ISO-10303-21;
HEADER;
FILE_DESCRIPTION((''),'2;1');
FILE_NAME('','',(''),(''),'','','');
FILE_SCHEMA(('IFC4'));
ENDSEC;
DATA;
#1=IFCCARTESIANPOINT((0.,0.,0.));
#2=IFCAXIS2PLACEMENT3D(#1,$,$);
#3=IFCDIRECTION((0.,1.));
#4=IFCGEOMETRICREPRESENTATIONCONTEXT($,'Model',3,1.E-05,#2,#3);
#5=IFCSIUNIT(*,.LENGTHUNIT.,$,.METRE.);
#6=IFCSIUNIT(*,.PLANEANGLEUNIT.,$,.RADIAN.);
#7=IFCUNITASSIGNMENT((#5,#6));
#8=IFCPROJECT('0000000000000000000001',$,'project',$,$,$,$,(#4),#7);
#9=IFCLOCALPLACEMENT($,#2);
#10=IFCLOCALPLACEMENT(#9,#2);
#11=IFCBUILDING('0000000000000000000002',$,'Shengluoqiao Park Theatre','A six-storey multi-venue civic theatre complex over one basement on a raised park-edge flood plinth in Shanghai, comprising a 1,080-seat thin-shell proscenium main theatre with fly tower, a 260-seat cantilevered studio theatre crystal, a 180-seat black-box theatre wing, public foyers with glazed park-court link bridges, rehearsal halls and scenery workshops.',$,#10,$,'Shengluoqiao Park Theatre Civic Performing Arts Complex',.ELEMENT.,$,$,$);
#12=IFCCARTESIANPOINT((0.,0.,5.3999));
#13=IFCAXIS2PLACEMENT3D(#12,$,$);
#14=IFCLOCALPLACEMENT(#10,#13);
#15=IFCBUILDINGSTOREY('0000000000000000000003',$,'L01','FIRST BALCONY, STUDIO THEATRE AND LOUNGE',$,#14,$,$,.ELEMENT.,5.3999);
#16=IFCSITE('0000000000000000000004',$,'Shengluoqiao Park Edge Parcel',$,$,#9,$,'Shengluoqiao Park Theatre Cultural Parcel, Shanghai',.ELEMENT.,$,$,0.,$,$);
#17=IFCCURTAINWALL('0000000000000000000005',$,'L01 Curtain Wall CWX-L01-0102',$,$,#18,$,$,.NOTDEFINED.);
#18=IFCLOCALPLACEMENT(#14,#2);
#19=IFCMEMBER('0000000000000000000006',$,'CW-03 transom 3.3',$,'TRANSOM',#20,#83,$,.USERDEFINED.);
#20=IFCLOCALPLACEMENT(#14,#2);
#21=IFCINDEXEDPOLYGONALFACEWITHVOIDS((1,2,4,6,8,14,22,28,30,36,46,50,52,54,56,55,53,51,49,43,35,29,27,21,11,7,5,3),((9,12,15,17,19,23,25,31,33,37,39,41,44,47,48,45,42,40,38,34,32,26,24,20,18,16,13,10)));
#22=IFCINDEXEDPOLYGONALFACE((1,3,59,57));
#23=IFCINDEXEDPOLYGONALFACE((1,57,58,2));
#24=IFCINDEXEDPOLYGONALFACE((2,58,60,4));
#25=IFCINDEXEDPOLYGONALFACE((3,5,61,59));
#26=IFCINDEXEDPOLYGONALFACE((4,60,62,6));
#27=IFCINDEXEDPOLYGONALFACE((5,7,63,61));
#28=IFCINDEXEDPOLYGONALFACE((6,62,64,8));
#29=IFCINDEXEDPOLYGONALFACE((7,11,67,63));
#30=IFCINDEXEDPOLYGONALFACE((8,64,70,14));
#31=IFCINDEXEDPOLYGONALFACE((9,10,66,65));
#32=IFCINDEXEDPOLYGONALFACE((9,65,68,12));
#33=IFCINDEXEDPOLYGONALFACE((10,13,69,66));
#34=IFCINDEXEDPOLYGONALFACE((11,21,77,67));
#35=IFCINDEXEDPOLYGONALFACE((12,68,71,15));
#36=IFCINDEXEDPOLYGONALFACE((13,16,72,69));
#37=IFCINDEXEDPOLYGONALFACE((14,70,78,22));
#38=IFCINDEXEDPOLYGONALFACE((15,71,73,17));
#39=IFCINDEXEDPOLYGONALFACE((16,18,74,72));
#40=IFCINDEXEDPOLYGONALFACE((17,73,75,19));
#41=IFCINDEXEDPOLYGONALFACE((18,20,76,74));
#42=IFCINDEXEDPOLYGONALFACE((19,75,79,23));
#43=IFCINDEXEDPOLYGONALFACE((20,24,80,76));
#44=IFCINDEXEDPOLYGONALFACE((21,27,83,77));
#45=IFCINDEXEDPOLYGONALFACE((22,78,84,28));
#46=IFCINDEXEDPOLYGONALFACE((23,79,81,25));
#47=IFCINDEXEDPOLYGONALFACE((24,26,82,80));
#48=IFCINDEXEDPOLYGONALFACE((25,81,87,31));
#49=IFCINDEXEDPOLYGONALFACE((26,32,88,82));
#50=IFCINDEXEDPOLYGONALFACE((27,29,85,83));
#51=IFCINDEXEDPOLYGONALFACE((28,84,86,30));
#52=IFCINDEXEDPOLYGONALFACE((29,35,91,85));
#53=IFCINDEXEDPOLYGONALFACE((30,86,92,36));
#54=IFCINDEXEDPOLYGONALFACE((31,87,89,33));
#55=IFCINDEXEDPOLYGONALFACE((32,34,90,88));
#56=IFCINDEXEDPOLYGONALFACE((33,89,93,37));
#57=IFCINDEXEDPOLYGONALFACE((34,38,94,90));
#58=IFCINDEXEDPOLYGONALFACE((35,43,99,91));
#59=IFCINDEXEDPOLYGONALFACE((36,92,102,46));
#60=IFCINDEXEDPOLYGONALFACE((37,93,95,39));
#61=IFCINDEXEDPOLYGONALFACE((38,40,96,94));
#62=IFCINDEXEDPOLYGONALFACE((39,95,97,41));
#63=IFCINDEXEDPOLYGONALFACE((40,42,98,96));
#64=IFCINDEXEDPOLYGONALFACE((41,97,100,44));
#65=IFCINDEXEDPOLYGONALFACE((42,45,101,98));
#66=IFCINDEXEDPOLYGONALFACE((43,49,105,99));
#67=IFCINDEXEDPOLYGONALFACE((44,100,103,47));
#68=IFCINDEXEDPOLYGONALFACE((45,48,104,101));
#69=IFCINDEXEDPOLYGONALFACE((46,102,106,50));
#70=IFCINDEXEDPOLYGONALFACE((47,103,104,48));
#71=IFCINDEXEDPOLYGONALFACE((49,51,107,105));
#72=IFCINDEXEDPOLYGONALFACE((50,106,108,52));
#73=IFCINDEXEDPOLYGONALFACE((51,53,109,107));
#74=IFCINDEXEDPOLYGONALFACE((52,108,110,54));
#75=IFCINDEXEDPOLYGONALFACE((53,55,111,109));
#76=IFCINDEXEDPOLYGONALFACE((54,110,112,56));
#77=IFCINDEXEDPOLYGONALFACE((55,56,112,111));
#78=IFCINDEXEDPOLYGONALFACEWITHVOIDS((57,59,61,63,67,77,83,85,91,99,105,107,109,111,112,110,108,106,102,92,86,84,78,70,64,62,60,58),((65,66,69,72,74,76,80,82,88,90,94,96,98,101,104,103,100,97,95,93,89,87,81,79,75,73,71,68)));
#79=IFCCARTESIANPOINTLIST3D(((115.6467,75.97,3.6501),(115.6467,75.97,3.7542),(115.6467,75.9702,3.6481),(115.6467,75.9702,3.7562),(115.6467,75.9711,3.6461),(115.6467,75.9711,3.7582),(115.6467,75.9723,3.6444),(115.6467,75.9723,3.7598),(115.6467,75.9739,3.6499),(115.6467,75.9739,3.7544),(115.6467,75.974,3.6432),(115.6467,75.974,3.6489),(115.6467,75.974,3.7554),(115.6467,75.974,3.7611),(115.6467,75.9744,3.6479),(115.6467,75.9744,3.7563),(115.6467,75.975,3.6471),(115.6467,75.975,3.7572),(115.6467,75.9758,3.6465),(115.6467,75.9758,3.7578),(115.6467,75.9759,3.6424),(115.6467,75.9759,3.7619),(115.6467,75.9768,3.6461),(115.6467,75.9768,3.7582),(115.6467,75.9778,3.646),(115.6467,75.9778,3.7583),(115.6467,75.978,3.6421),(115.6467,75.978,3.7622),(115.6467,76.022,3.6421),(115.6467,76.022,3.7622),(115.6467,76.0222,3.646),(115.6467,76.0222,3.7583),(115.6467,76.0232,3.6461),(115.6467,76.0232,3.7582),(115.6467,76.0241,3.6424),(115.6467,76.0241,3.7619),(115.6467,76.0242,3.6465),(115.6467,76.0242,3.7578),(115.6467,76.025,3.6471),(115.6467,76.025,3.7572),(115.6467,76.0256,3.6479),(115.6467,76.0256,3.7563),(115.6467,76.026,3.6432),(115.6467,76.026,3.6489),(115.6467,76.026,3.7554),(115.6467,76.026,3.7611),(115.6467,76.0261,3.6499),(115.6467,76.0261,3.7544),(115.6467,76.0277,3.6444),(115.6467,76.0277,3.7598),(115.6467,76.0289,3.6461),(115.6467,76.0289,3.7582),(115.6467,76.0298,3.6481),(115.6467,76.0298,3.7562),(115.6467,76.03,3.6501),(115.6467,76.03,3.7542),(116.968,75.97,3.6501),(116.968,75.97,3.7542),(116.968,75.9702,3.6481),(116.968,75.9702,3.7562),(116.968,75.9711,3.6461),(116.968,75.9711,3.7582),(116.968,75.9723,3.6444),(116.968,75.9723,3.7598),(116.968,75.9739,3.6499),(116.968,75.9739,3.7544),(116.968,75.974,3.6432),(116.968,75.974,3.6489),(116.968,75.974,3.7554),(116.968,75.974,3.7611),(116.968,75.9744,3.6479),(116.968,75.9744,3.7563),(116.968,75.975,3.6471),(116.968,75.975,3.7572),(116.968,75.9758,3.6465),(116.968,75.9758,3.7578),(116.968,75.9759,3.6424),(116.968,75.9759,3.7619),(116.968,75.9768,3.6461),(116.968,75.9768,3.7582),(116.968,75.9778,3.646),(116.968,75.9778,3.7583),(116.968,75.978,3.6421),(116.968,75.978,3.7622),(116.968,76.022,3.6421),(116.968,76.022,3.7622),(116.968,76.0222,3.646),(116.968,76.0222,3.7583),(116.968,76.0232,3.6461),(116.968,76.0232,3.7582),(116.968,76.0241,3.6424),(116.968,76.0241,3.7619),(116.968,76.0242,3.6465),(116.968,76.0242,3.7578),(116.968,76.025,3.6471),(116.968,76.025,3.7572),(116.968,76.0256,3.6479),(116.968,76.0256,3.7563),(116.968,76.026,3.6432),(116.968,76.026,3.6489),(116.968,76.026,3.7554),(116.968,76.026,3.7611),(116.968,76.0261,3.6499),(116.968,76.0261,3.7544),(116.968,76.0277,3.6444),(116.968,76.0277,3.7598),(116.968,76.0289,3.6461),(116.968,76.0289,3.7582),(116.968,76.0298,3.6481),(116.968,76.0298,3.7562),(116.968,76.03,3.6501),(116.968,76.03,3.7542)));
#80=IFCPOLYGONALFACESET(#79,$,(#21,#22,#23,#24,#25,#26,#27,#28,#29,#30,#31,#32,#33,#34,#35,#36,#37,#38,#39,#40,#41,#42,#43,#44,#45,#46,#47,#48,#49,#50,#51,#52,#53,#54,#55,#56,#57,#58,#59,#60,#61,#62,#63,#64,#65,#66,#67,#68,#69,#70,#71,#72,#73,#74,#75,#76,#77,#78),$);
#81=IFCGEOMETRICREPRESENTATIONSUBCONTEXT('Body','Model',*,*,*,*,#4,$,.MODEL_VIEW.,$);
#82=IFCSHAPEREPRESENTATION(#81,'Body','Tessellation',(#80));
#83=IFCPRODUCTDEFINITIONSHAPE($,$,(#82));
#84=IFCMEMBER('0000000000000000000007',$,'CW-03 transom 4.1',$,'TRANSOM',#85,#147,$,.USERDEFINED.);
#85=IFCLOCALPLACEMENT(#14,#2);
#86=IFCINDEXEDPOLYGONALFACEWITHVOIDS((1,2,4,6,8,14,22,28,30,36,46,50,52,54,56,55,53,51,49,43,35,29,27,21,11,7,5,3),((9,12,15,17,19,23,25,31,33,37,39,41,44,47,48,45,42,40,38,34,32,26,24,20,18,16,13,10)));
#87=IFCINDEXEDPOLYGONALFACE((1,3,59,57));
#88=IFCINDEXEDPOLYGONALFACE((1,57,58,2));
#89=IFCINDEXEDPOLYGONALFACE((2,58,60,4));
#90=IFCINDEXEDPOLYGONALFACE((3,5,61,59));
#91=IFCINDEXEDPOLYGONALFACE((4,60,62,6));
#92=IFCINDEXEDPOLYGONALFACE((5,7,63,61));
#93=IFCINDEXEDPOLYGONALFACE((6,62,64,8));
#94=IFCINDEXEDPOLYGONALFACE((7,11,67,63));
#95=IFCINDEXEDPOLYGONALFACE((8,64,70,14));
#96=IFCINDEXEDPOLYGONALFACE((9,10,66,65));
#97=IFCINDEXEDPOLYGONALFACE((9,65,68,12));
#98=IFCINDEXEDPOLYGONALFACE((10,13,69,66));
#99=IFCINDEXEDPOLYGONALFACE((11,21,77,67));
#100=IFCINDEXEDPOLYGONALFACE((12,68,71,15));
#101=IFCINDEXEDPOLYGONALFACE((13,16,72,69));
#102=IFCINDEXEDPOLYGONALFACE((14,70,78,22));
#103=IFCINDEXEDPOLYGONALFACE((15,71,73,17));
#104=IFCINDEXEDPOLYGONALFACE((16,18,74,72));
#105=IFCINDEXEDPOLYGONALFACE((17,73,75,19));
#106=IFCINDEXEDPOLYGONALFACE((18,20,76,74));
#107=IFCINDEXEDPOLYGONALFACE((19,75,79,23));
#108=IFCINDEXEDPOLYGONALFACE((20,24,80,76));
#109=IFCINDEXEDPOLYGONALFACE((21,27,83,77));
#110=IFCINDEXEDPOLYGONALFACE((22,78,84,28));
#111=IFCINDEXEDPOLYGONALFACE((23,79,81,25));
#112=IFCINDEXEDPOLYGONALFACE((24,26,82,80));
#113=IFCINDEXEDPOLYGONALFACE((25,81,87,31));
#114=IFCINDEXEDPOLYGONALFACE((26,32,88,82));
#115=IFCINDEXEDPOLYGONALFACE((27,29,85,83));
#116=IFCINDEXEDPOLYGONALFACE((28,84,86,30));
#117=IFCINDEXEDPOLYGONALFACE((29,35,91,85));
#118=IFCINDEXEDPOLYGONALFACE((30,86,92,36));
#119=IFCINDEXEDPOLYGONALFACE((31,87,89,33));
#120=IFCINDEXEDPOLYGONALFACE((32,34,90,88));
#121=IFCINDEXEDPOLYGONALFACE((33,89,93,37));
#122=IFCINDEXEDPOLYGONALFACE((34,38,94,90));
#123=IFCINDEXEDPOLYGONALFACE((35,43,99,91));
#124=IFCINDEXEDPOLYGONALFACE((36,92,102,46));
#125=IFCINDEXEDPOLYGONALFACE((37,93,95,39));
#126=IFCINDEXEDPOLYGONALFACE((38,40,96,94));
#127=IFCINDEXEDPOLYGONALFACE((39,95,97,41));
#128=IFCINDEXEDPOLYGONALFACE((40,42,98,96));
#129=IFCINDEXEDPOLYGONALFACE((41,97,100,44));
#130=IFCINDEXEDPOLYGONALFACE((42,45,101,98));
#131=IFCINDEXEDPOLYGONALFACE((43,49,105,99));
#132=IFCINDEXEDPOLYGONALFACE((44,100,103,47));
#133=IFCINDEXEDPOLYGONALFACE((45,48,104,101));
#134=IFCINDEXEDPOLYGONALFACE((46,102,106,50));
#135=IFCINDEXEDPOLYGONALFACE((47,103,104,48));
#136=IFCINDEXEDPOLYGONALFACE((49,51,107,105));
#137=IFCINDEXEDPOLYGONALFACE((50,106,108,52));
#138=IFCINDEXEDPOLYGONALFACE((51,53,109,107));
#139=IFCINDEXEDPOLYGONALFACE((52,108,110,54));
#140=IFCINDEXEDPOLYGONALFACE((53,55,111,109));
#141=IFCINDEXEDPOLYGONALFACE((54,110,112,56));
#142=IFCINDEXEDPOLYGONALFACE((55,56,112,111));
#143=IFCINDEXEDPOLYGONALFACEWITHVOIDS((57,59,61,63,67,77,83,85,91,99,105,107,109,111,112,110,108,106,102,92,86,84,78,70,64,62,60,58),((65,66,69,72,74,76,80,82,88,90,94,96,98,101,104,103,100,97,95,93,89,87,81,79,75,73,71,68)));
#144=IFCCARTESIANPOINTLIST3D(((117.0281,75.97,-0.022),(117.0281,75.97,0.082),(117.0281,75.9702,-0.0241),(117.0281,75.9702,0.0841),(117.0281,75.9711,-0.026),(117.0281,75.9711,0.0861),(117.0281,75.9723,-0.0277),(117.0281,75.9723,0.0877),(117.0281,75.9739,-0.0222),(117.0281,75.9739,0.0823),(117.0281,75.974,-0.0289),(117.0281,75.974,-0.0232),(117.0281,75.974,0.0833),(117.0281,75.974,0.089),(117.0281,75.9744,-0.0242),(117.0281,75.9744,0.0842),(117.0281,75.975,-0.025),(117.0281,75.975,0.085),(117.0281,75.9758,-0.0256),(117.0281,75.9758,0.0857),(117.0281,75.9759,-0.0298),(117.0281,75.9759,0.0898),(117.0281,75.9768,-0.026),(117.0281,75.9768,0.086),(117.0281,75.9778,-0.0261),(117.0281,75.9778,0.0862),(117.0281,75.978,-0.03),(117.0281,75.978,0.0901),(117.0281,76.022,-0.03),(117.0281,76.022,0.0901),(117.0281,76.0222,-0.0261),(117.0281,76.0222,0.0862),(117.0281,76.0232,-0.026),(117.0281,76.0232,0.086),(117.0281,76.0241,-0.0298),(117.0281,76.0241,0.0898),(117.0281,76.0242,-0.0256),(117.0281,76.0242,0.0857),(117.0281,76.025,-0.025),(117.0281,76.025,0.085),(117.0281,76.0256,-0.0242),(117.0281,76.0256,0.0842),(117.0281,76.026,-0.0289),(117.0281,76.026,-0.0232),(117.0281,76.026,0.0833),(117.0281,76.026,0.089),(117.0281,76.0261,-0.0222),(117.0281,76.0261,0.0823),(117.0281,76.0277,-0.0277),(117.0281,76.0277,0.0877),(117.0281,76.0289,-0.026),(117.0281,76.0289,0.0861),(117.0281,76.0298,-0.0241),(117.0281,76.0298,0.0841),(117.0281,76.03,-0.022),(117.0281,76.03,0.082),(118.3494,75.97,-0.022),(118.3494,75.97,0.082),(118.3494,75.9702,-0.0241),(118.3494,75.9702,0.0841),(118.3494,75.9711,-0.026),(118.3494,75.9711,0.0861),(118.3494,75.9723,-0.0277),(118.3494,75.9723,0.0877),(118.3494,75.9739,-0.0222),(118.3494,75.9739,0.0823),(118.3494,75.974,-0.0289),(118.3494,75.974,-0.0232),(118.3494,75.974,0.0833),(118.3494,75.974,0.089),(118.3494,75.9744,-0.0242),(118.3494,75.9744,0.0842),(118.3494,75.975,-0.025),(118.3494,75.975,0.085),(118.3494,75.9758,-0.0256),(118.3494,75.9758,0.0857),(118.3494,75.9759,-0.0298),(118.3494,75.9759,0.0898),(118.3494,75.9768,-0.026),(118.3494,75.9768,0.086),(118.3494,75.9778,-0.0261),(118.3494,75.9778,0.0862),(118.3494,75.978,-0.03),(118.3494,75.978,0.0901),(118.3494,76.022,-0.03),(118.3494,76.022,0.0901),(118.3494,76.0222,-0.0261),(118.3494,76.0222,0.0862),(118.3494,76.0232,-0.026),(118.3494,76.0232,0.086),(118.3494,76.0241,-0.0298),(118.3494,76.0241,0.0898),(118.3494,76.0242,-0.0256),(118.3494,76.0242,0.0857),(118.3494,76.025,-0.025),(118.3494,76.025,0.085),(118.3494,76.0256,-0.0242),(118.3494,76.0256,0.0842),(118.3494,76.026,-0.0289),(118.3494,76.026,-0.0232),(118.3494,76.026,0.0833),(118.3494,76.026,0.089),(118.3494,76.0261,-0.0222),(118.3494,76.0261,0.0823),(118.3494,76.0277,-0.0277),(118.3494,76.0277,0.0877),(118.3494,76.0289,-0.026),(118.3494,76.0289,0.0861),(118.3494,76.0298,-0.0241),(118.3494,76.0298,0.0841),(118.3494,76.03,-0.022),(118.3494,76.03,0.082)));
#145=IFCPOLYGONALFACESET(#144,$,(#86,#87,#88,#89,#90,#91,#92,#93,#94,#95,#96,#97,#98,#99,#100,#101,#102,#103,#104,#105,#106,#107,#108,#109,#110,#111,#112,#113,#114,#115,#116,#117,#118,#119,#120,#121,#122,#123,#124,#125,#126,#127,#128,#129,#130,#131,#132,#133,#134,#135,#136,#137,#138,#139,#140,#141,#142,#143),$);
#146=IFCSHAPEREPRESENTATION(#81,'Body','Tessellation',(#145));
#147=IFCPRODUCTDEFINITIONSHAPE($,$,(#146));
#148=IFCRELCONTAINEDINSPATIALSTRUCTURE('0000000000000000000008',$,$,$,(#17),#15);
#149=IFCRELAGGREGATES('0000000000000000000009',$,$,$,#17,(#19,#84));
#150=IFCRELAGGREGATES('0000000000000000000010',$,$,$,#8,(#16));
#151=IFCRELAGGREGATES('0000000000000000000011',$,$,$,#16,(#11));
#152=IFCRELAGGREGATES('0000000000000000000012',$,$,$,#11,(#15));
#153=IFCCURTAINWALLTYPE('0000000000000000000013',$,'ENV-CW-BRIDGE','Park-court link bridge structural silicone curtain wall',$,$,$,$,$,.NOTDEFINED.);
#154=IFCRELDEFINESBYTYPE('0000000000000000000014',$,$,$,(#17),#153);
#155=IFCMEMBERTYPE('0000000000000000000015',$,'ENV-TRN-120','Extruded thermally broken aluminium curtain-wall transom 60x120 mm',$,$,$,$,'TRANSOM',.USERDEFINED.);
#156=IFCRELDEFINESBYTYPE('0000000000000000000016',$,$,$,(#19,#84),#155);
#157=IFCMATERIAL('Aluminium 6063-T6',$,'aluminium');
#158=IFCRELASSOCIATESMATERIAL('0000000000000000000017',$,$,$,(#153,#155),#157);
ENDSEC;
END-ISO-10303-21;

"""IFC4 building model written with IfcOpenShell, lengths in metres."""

from ifc_helpers import new_model, si_unit, direction, frame, origin, origin_2d, place, context, subcontext, project, spatial, hollow_rectangle, extrude, material, material_profile, profile_set, type_object, element, aggregate, save


model = new_model("IFC4")

# Units and contexts
model_context = context("Model", 3, precision=1e-05, world=origin(), true_north=direction((0.0, 1.0)))
body_context = subcontext(model_context, "Body", "Model", "MODEL_VIEW")
ifc_project = project(units=[si_unit("LENGTHUNIT", "METRE"), si_unit("PLANEANGLEUNIT", "RADIAN")], contexts=[model_context])

# Site, building, storey
site_placement = place(None, origin())
site = spatial("IfcSite", under=ifc_project, at=site_placement, Name="Shengluoqiao Park Edge Parcel", LongName="Shengluoqiao Park Theatre Cultural Parcel, Shanghai", CompositionType="ELEMENT", RefElevation=0.0)
building_placement = place(site_placement, origin())
building = spatial("IfcBuilding", under=site, at=building_placement, Name="Shengluoqiao Park Theatre", Description="A six-storey multi-venue civic theatre complex over one basement on a raised park-edge flood plinth in Shanghai, comprising a 1,080-seat thin-shell proscenium main theatre with fly tower, a 260-seat cantilevered studio theatre crystal, a 180-seat black-box theatre wing, public foyers with glazed park-court link bridges, rehearsal halls and scenery workshops.", LongName="Shengluoqiao Park Theatre Civic Performing Arts Complex", CompositionType="ELEMENT")
storey_placement = place(building_placement, frame((0.0, 0.0, 5.3999)))
storey = spatial("IfcBuildingStorey", under=building, at=storey_placement, Name="L01", Description="FIRST BALCONY, STUDIO THEATRE AND LOUNGE", CompositionType="ELEMENT", Elevation=5.3999)

# Curtain wall, members
ifc_material_1 = material(Name="Aluminium 6063-T6", Category="aluminium")
curtain_wall_type = type_object("IfcCurtainWallType", Name="ENV-CW-BRIDGE", Description="Park-court link bridge structural silicone curtain wall", PredefinedType="NOTDEFINED", material=ifc_material_1)
curtain_wall_placement = place(storey_placement, origin())
curtain_wall = element("IfcCurtainWall", 1, at=curtain_wall_placement, inside=storey, type_object=curtain_wall_type, Name="L01 Curtain Wall CWX-L01-0102", PredefinedType="NOTDEFINED")
ifc_material_profile_1 = material_profile(ifc_material_1, hollow_rectangle(XDim=0.0601, YDim=0.1201, WallThickness=0.0039, InnerFilletRadius=0.0039, OuterFilletRadius=0.0081, at=origin_2d()), Name="ALU TRANSOM 120x60x4")
ifc_profile_set_1 = profile_set([ifc_material_profile_1], Name="Aluminium 6063-T6")
member_type_1 = type_object("IfcMemberType", Name="ENV-TRN-120", Description="Extruded thermally broken aluminium curtain-wall transom 60x120 mm", ElementType="TRANSOM", PredefinedType="USERDEFINED", material=ifc_profile_set_1)
member_1_placement = place(storey_placement, frame((115.6467, 76.0, 3.7021), z_axis=(1.0, 0.0, 0.0), x_axis=(0.0, 1.0, 0.0)))
member_1 = element("IfcMember", 2, at=member_1_placement, type_object=member_type_1, Name="CW-03 transom 3.3", ObjectType="TRANSOM", PredefinedType="USERDEFINED", context=body_context, shape_type="SweptSolid", body=[
    extrude(hollow_rectangle(XDim=0.0601, YDim=0.1201, WallThickness=0.0039, InnerFilletRadius=0.0039, OuterFilletRadius=0.0081, at=origin_2d()), origin(), (0.0, 0.0, 1.0), 1.3213),
])
member_2_placement = place(storey_placement, frame((117.0281, 76.0, 0.03), z_axis=(1.0, 0.0, 0.0), x_axis=(0.0, 1.0, 0.0)))
member_2 = element("IfcMember", 3, at=member_2_placement, type_object=member_type_1, Name="CW-03 transom 4.1", ObjectType="TRANSOM", PredefinedType="USERDEFINED", context=body_context, shape_type="SweptSolid", body=[
    extrude(hollow_rectangle(XDim=0.0601, YDim=0.1201, WallThickness=0.0039, InnerFilletRadius=0.0039, OuterFilletRadius=0.0081, at=origin_2d()), origin(), (0.0, 0.0, 1.0), 1.3213),
])

aggregate(curtain_wall, [member_1, member_2])

save(model, "model.ifc")
